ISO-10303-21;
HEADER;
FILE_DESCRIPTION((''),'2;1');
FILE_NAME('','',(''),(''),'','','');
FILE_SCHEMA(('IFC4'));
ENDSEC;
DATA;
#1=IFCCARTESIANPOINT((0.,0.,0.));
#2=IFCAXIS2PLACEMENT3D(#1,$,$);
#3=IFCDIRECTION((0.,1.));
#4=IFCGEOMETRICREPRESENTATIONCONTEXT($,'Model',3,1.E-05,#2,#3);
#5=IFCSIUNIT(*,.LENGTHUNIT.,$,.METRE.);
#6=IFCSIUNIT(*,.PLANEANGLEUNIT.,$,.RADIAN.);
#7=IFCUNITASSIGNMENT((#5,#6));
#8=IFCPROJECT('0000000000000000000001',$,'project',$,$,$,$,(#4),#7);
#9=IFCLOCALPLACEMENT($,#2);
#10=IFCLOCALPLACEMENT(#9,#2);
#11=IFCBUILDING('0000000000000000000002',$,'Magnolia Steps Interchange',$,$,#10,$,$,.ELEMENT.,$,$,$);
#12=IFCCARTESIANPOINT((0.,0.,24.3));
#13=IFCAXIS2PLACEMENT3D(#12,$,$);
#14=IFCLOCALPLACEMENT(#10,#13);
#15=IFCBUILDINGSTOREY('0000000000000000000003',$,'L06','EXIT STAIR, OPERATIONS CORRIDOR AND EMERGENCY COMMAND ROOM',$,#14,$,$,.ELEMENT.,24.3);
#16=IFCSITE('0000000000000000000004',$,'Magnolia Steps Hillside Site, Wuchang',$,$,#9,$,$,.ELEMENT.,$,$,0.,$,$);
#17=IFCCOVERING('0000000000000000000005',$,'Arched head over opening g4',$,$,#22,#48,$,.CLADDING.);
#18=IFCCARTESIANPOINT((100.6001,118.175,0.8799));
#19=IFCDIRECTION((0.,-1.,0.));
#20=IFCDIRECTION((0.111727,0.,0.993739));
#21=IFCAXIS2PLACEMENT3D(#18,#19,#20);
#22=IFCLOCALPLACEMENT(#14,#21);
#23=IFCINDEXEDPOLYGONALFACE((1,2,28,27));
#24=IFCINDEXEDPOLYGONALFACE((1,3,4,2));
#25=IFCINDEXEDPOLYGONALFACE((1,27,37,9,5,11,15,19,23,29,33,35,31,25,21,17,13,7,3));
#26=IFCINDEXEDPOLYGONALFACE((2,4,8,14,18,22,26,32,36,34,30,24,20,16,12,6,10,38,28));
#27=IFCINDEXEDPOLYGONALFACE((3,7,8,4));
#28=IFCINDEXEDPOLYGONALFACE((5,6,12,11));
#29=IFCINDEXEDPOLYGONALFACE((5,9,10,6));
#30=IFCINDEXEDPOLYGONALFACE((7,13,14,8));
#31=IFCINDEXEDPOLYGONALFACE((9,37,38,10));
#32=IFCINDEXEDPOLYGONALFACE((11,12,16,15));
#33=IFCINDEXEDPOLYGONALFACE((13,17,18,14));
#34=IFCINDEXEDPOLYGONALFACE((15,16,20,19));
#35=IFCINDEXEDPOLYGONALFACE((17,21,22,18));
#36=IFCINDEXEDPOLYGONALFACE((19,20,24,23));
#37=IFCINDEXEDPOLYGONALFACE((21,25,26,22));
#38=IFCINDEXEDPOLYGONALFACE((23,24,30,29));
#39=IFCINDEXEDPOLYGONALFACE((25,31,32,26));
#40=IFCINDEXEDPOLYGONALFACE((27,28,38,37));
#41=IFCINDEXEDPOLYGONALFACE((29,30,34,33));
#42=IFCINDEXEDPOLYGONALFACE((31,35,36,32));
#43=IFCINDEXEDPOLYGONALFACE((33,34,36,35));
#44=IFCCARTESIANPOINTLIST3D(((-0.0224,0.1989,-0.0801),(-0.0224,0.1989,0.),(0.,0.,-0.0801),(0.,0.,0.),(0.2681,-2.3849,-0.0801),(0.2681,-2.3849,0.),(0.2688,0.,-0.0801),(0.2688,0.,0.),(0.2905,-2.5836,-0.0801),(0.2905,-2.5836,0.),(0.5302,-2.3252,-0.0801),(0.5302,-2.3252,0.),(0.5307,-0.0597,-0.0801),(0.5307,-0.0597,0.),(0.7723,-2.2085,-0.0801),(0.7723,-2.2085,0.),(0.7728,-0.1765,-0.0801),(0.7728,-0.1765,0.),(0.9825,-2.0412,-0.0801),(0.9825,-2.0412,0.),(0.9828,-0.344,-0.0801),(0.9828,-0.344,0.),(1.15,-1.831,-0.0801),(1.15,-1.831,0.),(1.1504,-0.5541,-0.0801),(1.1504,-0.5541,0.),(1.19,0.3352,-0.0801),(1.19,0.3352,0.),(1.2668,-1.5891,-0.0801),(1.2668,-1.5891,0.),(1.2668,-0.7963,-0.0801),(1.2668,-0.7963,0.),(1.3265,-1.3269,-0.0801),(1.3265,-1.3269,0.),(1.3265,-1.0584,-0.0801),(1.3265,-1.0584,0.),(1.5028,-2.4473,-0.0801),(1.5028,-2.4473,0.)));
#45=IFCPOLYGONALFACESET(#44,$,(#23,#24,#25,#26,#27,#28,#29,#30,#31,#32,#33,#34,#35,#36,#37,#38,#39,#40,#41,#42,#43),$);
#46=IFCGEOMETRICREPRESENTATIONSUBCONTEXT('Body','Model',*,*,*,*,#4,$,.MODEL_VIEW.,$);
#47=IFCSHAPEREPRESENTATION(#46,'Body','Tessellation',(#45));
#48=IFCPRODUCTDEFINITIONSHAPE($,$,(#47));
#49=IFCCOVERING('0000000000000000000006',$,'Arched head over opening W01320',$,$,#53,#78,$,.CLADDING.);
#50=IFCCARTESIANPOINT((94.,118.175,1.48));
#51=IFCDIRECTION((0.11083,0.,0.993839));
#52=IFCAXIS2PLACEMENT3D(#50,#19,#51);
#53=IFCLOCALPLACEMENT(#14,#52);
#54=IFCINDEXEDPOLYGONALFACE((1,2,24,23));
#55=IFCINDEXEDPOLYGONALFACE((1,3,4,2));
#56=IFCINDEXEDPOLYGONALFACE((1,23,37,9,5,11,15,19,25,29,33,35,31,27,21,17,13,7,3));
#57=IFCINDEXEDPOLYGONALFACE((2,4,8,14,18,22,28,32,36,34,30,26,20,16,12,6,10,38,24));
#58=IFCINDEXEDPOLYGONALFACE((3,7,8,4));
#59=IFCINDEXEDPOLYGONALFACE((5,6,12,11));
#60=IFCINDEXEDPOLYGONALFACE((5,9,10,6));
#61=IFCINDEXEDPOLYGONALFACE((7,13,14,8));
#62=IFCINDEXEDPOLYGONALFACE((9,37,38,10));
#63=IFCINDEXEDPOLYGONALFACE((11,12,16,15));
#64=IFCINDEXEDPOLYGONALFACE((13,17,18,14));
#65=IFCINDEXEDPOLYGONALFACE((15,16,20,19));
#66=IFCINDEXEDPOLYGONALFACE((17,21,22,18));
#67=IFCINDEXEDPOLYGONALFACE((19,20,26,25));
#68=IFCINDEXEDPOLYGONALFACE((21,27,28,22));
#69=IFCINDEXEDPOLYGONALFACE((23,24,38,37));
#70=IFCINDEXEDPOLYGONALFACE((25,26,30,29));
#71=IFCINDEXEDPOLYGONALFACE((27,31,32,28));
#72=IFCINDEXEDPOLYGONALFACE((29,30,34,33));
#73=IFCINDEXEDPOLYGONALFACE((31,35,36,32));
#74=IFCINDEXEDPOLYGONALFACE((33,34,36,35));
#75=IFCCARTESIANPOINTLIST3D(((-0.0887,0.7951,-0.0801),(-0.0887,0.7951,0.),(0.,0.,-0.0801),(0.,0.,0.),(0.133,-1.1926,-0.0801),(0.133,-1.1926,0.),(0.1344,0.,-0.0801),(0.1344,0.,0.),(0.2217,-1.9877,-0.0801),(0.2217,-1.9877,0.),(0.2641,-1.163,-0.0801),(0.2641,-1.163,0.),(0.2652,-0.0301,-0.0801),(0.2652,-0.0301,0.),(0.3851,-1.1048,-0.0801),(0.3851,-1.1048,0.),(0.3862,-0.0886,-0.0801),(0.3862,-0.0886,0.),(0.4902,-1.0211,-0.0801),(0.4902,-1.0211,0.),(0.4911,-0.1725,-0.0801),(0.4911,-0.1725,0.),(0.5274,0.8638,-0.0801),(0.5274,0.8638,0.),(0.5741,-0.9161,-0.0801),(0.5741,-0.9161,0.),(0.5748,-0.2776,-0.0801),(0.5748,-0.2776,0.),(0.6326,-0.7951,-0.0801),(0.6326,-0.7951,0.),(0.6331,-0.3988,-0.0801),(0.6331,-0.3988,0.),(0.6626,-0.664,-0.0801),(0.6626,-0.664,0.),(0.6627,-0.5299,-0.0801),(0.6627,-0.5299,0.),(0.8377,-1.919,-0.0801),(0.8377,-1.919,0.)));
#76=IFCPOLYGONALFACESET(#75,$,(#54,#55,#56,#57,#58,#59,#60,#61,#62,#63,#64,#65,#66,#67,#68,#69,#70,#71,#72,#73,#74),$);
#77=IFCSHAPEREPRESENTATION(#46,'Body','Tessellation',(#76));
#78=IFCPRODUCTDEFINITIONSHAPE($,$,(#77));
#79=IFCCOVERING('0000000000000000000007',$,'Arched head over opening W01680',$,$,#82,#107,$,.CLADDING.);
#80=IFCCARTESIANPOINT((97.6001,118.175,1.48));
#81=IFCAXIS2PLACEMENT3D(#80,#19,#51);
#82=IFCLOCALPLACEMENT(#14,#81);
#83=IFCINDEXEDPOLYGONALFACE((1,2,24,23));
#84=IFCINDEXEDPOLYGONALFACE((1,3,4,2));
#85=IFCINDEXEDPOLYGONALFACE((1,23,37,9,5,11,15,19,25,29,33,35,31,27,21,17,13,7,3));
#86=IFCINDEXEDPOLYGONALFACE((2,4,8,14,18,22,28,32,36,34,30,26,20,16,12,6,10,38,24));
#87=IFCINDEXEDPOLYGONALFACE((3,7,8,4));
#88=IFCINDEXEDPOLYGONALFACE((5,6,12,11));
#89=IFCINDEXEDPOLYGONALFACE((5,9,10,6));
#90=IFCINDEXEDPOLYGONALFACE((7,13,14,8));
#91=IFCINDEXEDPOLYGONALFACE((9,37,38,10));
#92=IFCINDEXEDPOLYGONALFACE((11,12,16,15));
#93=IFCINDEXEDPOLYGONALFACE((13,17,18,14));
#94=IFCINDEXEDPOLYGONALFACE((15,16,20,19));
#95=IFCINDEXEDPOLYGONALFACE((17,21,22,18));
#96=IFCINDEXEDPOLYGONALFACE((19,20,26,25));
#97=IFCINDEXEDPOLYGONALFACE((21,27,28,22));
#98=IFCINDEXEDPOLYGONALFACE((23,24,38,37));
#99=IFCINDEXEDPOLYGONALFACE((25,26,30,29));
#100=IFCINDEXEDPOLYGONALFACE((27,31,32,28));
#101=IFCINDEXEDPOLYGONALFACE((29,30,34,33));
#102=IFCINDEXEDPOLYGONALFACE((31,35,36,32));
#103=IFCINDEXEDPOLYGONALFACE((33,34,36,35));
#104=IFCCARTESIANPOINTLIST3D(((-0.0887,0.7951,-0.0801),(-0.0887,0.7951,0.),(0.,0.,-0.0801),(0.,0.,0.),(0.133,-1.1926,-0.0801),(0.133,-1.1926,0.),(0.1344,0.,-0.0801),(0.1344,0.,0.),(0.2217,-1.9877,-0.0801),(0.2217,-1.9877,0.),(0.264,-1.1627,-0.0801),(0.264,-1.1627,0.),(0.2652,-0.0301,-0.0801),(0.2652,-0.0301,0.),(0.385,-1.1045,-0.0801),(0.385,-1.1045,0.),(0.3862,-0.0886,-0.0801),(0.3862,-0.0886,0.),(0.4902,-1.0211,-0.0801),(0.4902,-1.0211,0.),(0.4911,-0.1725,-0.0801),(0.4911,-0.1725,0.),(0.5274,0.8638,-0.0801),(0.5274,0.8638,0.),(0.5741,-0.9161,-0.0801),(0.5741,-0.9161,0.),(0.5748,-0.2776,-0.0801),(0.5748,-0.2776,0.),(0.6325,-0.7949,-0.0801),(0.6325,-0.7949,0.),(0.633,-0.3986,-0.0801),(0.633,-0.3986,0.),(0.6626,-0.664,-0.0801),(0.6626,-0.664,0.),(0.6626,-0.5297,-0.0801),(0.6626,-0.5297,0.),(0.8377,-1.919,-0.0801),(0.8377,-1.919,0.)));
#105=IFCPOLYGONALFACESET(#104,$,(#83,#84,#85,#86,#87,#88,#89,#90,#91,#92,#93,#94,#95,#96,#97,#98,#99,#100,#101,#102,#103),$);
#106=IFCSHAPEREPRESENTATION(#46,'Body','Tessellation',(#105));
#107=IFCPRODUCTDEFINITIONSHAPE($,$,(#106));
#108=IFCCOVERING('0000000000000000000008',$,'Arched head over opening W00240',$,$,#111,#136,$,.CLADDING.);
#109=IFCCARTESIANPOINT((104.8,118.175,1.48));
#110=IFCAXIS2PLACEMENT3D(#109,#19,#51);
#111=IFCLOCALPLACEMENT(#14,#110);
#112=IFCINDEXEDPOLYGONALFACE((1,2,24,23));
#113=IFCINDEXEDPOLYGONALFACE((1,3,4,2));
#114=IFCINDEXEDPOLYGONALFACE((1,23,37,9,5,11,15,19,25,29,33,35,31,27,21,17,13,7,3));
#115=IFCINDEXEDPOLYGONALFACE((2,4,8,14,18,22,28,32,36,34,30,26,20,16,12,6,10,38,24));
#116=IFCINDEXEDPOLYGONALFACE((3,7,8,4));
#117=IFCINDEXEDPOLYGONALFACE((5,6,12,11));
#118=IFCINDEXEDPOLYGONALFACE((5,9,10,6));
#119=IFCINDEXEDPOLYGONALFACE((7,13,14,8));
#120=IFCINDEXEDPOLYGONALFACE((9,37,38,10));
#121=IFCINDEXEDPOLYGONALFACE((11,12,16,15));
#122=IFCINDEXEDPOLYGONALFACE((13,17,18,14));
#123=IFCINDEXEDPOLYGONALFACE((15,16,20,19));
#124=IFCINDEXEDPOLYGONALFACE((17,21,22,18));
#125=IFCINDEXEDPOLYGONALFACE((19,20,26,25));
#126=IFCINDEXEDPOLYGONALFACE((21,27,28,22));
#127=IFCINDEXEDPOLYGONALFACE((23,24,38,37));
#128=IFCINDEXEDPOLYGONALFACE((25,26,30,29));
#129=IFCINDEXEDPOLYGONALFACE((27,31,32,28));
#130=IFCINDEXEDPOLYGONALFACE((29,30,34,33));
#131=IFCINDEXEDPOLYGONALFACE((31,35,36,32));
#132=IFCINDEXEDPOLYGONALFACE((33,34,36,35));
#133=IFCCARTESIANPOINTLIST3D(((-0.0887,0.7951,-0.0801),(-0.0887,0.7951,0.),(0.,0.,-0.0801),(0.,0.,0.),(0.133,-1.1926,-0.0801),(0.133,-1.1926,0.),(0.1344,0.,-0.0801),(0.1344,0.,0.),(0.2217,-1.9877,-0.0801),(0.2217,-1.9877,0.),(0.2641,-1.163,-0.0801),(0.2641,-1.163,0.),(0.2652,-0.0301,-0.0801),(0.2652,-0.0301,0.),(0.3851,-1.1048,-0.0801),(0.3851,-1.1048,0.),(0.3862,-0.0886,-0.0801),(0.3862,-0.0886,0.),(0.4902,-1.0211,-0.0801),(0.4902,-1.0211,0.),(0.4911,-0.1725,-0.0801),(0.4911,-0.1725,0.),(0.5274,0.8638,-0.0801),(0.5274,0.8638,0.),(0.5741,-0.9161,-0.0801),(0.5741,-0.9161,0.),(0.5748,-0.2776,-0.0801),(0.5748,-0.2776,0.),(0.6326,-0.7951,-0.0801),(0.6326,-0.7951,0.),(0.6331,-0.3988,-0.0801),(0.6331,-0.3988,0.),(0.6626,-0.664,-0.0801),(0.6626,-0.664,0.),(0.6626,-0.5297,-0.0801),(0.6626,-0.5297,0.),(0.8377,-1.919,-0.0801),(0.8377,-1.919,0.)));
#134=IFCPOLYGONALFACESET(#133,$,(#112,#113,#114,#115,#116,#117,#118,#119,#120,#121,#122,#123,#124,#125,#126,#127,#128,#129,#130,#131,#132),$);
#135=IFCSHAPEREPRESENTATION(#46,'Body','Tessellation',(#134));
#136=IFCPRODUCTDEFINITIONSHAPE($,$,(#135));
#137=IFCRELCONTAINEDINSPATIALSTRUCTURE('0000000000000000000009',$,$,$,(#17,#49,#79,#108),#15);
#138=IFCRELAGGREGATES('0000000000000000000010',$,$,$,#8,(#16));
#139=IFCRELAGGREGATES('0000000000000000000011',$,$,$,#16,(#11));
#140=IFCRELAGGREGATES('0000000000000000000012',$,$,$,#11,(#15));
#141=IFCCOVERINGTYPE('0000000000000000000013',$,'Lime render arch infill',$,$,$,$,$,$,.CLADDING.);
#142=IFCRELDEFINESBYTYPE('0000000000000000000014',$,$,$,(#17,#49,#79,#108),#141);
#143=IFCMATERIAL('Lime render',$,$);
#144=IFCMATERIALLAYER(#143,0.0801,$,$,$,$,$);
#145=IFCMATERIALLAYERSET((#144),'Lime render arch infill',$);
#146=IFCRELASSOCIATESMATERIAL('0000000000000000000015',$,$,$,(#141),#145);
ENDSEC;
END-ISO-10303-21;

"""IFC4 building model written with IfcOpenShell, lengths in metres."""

from ifc_helpers import new_model, si_unit, direction, frame, origin, place, context, subcontext, project, spatial, polyline, outline, extrude, material, layer, layer_set, type_object, element, save


model = new_model("IFC4")

# Units and contexts
model_context = context("Model", 3, precision=1e-05, world=origin(), true_north=direction((0.0, 1.0)))
body_context = subcontext(model_context, "Body", "Model", "MODEL_VIEW")
ifc_project = project(units=[si_unit("LENGTHUNIT", "METRE"), si_unit("PLANEANGLEUNIT", "RADIAN")], contexts=[model_context])

# Site, building, storey
site_placement = place(None, origin())
site = spatial("IfcSite", under=ifc_project, at=site_placement, Name="Magnolia Steps Hillside Site, Wuchang", CompositionType="ELEMENT", RefElevation=0.0)
building_placement = place(site_placement, origin())
building = spatial("IfcBuilding", under=site, at=building_placement, Name="Magnolia Steps Interchange", CompositionType="ELEMENT")
storey_placement = place(building_placement, frame((0.0, 0.0, 24.3)))
storey = spatial("IfcBuildingStorey", under=building, at=storey_placement, Name="L06", Description="EXIT STAIR, OPERATIONS CORRIDOR AND EMERGENCY COMMAND ROOM", CompositionType="ELEMENT", Elevation=24.3)

# Coverings
ifc_material_1 = material(Name="Lime render")
ifc_layer_1 = layer(ifc_material_1, 0.0801)
ifc_layer_set_1 = layer_set([ifc_layer_1], Name="Lime render arch infill")
covering_type_1 = type_object("IfcCoveringType", Name="Lime render arch infill", PredefinedType="CLADDING", material=ifc_layer_set_1)
covering_1_placement = place(storey_placement, frame((100.6001, 118.175, 0.8799), z_axis=(0.0, -1.0, 0.0), x_axis=(0.111727, 0.0, 0.993739)))
element("IfcCovering", 1, at=covering_1_placement, inside=storey, type_object=covering_type_1, Name="Arched head over opening g4", PredefinedType="CLADDING", context=body_context, shape_type="SweptSolid", body=[
    extrude(outline(polyline([(0.0, 0.0), (0.2688, 0.0), (0.5307, -0.0597), (0.7728, -0.1765), (0.9828, -0.344), (1.1504, -0.5541), (1.2668, -0.7963), (1.3265, -1.0584), (1.3265, -1.3269), (1.2668, -1.5891), (1.15, -1.831), (0.9825, -2.0412), (0.7723, -2.2085), (0.5302, -2.3252), (0.2681, -2.3849), (0.2905, -2.5836), (1.5028, -2.4473), (1.19, 0.3352), (-0.0224, 0.1989), (0.0, 0.0)])), origin(), (0.0, 0.0, -1.0), 0.0801),
])
covering_2_placement = place(storey_placement, frame((94.0, 118.175, 1.48), z_axis=(0.0, -1.0, 0.0), x_axis=(0.11083, 0.0, 0.993839)))
element("IfcCovering", 2, at=covering_2_placement, inside=storey, type_object=covering_type_1, Name="Arched head over opening W01320", PredefinedType="CLADDING", context=body_context, shape_type="SweptSolid", body=[
    extrude(outline(polyline([(0.0, 0.0), (0.1344, 0.0), (0.2652, -0.0301), (0.3862, -0.0886), (0.4911, -0.1725), (0.5748, -0.2776), (0.6331, -0.3988), (0.6627, -0.5299), (0.6626, -0.664), (0.6326, -0.7951), (0.5741, -0.9161), (0.4902, -1.0211), (0.3851, -1.1048), (0.2641, -1.163), (0.133, -1.1926), (0.2217, -1.9877), (0.8377, -1.919), (0.5274, 0.8638), (-0.0887, 0.7951), (0.0, 0.0)])), origin(), (0.0, 0.0, -1.0), 0.0801),
])
covering_3_placement = place(storey_placement, frame((97.6001, 118.175, 1.48), z_axis=(0.0, -1.0, 0.0), x_axis=(0.11083, 0.0, 0.993839)))
element("IfcCovering", 3, at=covering_3_placement, inside=storey, type_object=covering_type_1, Name="Arched head over opening W01680", PredefinedType="CLADDING", context=body_context, shape_type="SweptSolid", body=[
    extrude(outline(polyline([(0.0, 0.0), (0.1344, 0.0), (0.2652, -0.0301), (0.3862, -0.0886), (0.4911, -0.1725), (0.5748, -0.2776), (0.633, -0.3986), (0.6626, -0.5297), (0.6626, -0.664), (0.6325, -0.7949), (0.5741, -0.9161), (0.4902, -1.0211), (0.385, -1.1045), (0.264, -1.1627), (0.133, -1.1926), (0.2217, -1.9877), (0.8377, -1.919), (0.5274, 0.8638), (-0.0887, 0.7951), (0.0, 0.0)])), origin(), (0.0, 0.0, -1.0), 0.0801),
])
covering_4_placement = place(storey_placement, frame((104.8, 118.175, 1.48), z_axis=(0.0, -1.0, 0.0), x_axis=(0.11083, 0.0, 0.993839)))
element("IfcCovering", 4, at=covering_4_placement, inside=storey, type_object=covering_type_1, Name="Arched head over opening W00240", PredefinedType="CLADDING", context=body_context, shape_type="SweptSolid", body=[
    extrude(outline(polyline([(0.0, 0.0), (0.1344, 0.0), (0.2652, -0.0301), (0.3862, -0.0886), (0.4911, -0.1725), (0.5748, -0.2776), (0.6331, -0.3988), (0.6626, -0.5297), (0.6626, -0.664), (0.6326, -0.7951), (0.5741, -0.9161), (0.4902, -1.0211), (0.3851, -1.1048), (0.2641, -1.163), (0.133, -1.1926), (0.2217, -1.9877), (0.8377, -1.919), (0.5274, 0.8638), (-0.0887, 0.7951), (0.0, 0.0)])), origin(), (0.0, 0.0, -1.0), 0.0801),
])

save(model, "model.ifc")
